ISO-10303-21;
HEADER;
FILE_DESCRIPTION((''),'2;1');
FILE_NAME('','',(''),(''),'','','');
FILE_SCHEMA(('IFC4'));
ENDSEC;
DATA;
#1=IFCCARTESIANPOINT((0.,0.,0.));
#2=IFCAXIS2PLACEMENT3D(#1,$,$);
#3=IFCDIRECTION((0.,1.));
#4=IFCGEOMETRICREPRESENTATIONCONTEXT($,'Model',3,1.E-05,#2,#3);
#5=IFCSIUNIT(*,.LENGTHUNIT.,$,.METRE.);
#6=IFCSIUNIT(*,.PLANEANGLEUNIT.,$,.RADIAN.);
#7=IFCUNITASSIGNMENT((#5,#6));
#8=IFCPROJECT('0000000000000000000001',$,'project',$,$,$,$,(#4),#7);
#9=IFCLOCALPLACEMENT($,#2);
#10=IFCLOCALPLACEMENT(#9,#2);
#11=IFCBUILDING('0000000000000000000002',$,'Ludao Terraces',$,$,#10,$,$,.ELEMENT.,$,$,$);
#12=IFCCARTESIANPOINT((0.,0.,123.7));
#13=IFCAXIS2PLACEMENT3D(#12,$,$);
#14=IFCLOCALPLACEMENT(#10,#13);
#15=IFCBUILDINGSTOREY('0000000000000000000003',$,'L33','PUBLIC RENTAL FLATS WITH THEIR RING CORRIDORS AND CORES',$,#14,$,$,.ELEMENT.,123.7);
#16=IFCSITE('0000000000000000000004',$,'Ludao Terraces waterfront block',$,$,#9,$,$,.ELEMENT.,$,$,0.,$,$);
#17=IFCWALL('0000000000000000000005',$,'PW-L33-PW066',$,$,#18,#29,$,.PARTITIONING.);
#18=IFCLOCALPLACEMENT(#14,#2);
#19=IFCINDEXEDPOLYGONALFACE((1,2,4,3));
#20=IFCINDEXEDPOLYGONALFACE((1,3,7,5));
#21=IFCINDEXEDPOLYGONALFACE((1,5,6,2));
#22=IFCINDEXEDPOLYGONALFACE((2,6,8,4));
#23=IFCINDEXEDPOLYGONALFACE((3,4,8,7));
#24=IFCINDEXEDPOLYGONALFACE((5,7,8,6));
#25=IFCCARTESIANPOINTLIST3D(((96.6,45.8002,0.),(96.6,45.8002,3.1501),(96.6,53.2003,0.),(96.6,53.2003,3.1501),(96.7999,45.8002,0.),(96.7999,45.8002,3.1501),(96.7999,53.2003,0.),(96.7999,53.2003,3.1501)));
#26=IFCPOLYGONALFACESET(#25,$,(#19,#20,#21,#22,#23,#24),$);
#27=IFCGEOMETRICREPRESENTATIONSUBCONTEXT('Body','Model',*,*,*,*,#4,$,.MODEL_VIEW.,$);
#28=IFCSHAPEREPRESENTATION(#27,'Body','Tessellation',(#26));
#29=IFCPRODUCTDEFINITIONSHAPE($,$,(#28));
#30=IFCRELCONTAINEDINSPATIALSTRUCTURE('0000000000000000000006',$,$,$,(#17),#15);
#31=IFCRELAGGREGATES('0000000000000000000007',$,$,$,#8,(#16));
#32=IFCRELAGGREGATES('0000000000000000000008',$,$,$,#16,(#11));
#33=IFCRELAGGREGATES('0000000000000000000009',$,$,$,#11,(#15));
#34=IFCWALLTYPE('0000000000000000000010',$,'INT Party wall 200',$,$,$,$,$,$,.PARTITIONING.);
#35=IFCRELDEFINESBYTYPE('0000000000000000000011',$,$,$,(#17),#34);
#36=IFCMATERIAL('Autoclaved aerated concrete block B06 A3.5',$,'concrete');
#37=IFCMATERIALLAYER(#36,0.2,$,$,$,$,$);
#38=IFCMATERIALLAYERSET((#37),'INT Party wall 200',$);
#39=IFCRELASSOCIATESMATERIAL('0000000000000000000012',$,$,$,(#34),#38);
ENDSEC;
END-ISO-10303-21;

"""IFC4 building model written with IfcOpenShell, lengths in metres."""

from ifc_helpers import new_model, si_unit, direction, frame, frame_2d, origin, place, context, subcontext, project, spatial, rectangle, extrude, material, layer, layer_set, type_object, element, save


model = new_model("IFC4")

# Units and contexts
model_context = context("Model", 3, precision=1e-05, world=origin(), true_north=direction((0.0, 1.0)))
body_context = subcontext(model_context, "Body", "Model", "MODEL_VIEW")
ifc_project = project(units=[si_unit("LENGTHUNIT", "METRE"), si_unit("PLANEANGLEUNIT", "RADIAN")], contexts=[model_context])

# Site, building, storey
site_placement = place(None, origin())
site = spatial("IfcSite", under=ifc_project, at=site_placement, Name="Ludao Terraces waterfront block", CompositionType="ELEMENT", RefElevation=0.0)
building_placement = place(site_placement, origin())
building = spatial("IfcBuilding", under=site, at=building_placement, Name="Ludao Terraces", CompositionType="ELEMENT")
storey_placement = place(building_placement, frame((0.0, 0.0, 123.7)))
storey = spatial("IfcBuildingStorey", under=building, at=storey_placement, Name="L33", Description="PUBLIC RENTAL FLATS WITH THEIR RING CORRIDORS AND CORES", CompositionType="ELEMENT", Elevation=123.7)

# Wall
ifc_material_1 = material(Name="Autoclaved aerated concrete block B06 A3.5", Category="concrete")
ifc_layer_1 = layer(ifc_material_1, 0.2)
ifc_layer_set_1 = layer_set([ifc_layer_1], Name="INT Party wall 200")
wall_type_1 = type_object("IfcWallType", Name="INT Party wall 200", PredefinedType="PARTITIONING", material=ifc_layer_set_1)
wall_1_placement = place(storey_placement, frame((96.7, 45.8, 0.0), z_axis=(0.0, 0.0, 1.0), x_axis=(0.0, 1.0, 0.0)))
element("IfcWall", 1, at=wall_1_placement, inside=storey, type_object=wall_type_1, Name="PW-L33-PW066", PredefinedType="PARTITIONING", context=body_context, shape_type="SweptSolid", body=[
    extrude(rectangle(XDim=7.4001, YDim=0.2, at=frame_2d((3.7002, 0.0))), origin(), (0.0, 0.0, 1.0), 3.1501),
])

save(model, "model.ifc")
